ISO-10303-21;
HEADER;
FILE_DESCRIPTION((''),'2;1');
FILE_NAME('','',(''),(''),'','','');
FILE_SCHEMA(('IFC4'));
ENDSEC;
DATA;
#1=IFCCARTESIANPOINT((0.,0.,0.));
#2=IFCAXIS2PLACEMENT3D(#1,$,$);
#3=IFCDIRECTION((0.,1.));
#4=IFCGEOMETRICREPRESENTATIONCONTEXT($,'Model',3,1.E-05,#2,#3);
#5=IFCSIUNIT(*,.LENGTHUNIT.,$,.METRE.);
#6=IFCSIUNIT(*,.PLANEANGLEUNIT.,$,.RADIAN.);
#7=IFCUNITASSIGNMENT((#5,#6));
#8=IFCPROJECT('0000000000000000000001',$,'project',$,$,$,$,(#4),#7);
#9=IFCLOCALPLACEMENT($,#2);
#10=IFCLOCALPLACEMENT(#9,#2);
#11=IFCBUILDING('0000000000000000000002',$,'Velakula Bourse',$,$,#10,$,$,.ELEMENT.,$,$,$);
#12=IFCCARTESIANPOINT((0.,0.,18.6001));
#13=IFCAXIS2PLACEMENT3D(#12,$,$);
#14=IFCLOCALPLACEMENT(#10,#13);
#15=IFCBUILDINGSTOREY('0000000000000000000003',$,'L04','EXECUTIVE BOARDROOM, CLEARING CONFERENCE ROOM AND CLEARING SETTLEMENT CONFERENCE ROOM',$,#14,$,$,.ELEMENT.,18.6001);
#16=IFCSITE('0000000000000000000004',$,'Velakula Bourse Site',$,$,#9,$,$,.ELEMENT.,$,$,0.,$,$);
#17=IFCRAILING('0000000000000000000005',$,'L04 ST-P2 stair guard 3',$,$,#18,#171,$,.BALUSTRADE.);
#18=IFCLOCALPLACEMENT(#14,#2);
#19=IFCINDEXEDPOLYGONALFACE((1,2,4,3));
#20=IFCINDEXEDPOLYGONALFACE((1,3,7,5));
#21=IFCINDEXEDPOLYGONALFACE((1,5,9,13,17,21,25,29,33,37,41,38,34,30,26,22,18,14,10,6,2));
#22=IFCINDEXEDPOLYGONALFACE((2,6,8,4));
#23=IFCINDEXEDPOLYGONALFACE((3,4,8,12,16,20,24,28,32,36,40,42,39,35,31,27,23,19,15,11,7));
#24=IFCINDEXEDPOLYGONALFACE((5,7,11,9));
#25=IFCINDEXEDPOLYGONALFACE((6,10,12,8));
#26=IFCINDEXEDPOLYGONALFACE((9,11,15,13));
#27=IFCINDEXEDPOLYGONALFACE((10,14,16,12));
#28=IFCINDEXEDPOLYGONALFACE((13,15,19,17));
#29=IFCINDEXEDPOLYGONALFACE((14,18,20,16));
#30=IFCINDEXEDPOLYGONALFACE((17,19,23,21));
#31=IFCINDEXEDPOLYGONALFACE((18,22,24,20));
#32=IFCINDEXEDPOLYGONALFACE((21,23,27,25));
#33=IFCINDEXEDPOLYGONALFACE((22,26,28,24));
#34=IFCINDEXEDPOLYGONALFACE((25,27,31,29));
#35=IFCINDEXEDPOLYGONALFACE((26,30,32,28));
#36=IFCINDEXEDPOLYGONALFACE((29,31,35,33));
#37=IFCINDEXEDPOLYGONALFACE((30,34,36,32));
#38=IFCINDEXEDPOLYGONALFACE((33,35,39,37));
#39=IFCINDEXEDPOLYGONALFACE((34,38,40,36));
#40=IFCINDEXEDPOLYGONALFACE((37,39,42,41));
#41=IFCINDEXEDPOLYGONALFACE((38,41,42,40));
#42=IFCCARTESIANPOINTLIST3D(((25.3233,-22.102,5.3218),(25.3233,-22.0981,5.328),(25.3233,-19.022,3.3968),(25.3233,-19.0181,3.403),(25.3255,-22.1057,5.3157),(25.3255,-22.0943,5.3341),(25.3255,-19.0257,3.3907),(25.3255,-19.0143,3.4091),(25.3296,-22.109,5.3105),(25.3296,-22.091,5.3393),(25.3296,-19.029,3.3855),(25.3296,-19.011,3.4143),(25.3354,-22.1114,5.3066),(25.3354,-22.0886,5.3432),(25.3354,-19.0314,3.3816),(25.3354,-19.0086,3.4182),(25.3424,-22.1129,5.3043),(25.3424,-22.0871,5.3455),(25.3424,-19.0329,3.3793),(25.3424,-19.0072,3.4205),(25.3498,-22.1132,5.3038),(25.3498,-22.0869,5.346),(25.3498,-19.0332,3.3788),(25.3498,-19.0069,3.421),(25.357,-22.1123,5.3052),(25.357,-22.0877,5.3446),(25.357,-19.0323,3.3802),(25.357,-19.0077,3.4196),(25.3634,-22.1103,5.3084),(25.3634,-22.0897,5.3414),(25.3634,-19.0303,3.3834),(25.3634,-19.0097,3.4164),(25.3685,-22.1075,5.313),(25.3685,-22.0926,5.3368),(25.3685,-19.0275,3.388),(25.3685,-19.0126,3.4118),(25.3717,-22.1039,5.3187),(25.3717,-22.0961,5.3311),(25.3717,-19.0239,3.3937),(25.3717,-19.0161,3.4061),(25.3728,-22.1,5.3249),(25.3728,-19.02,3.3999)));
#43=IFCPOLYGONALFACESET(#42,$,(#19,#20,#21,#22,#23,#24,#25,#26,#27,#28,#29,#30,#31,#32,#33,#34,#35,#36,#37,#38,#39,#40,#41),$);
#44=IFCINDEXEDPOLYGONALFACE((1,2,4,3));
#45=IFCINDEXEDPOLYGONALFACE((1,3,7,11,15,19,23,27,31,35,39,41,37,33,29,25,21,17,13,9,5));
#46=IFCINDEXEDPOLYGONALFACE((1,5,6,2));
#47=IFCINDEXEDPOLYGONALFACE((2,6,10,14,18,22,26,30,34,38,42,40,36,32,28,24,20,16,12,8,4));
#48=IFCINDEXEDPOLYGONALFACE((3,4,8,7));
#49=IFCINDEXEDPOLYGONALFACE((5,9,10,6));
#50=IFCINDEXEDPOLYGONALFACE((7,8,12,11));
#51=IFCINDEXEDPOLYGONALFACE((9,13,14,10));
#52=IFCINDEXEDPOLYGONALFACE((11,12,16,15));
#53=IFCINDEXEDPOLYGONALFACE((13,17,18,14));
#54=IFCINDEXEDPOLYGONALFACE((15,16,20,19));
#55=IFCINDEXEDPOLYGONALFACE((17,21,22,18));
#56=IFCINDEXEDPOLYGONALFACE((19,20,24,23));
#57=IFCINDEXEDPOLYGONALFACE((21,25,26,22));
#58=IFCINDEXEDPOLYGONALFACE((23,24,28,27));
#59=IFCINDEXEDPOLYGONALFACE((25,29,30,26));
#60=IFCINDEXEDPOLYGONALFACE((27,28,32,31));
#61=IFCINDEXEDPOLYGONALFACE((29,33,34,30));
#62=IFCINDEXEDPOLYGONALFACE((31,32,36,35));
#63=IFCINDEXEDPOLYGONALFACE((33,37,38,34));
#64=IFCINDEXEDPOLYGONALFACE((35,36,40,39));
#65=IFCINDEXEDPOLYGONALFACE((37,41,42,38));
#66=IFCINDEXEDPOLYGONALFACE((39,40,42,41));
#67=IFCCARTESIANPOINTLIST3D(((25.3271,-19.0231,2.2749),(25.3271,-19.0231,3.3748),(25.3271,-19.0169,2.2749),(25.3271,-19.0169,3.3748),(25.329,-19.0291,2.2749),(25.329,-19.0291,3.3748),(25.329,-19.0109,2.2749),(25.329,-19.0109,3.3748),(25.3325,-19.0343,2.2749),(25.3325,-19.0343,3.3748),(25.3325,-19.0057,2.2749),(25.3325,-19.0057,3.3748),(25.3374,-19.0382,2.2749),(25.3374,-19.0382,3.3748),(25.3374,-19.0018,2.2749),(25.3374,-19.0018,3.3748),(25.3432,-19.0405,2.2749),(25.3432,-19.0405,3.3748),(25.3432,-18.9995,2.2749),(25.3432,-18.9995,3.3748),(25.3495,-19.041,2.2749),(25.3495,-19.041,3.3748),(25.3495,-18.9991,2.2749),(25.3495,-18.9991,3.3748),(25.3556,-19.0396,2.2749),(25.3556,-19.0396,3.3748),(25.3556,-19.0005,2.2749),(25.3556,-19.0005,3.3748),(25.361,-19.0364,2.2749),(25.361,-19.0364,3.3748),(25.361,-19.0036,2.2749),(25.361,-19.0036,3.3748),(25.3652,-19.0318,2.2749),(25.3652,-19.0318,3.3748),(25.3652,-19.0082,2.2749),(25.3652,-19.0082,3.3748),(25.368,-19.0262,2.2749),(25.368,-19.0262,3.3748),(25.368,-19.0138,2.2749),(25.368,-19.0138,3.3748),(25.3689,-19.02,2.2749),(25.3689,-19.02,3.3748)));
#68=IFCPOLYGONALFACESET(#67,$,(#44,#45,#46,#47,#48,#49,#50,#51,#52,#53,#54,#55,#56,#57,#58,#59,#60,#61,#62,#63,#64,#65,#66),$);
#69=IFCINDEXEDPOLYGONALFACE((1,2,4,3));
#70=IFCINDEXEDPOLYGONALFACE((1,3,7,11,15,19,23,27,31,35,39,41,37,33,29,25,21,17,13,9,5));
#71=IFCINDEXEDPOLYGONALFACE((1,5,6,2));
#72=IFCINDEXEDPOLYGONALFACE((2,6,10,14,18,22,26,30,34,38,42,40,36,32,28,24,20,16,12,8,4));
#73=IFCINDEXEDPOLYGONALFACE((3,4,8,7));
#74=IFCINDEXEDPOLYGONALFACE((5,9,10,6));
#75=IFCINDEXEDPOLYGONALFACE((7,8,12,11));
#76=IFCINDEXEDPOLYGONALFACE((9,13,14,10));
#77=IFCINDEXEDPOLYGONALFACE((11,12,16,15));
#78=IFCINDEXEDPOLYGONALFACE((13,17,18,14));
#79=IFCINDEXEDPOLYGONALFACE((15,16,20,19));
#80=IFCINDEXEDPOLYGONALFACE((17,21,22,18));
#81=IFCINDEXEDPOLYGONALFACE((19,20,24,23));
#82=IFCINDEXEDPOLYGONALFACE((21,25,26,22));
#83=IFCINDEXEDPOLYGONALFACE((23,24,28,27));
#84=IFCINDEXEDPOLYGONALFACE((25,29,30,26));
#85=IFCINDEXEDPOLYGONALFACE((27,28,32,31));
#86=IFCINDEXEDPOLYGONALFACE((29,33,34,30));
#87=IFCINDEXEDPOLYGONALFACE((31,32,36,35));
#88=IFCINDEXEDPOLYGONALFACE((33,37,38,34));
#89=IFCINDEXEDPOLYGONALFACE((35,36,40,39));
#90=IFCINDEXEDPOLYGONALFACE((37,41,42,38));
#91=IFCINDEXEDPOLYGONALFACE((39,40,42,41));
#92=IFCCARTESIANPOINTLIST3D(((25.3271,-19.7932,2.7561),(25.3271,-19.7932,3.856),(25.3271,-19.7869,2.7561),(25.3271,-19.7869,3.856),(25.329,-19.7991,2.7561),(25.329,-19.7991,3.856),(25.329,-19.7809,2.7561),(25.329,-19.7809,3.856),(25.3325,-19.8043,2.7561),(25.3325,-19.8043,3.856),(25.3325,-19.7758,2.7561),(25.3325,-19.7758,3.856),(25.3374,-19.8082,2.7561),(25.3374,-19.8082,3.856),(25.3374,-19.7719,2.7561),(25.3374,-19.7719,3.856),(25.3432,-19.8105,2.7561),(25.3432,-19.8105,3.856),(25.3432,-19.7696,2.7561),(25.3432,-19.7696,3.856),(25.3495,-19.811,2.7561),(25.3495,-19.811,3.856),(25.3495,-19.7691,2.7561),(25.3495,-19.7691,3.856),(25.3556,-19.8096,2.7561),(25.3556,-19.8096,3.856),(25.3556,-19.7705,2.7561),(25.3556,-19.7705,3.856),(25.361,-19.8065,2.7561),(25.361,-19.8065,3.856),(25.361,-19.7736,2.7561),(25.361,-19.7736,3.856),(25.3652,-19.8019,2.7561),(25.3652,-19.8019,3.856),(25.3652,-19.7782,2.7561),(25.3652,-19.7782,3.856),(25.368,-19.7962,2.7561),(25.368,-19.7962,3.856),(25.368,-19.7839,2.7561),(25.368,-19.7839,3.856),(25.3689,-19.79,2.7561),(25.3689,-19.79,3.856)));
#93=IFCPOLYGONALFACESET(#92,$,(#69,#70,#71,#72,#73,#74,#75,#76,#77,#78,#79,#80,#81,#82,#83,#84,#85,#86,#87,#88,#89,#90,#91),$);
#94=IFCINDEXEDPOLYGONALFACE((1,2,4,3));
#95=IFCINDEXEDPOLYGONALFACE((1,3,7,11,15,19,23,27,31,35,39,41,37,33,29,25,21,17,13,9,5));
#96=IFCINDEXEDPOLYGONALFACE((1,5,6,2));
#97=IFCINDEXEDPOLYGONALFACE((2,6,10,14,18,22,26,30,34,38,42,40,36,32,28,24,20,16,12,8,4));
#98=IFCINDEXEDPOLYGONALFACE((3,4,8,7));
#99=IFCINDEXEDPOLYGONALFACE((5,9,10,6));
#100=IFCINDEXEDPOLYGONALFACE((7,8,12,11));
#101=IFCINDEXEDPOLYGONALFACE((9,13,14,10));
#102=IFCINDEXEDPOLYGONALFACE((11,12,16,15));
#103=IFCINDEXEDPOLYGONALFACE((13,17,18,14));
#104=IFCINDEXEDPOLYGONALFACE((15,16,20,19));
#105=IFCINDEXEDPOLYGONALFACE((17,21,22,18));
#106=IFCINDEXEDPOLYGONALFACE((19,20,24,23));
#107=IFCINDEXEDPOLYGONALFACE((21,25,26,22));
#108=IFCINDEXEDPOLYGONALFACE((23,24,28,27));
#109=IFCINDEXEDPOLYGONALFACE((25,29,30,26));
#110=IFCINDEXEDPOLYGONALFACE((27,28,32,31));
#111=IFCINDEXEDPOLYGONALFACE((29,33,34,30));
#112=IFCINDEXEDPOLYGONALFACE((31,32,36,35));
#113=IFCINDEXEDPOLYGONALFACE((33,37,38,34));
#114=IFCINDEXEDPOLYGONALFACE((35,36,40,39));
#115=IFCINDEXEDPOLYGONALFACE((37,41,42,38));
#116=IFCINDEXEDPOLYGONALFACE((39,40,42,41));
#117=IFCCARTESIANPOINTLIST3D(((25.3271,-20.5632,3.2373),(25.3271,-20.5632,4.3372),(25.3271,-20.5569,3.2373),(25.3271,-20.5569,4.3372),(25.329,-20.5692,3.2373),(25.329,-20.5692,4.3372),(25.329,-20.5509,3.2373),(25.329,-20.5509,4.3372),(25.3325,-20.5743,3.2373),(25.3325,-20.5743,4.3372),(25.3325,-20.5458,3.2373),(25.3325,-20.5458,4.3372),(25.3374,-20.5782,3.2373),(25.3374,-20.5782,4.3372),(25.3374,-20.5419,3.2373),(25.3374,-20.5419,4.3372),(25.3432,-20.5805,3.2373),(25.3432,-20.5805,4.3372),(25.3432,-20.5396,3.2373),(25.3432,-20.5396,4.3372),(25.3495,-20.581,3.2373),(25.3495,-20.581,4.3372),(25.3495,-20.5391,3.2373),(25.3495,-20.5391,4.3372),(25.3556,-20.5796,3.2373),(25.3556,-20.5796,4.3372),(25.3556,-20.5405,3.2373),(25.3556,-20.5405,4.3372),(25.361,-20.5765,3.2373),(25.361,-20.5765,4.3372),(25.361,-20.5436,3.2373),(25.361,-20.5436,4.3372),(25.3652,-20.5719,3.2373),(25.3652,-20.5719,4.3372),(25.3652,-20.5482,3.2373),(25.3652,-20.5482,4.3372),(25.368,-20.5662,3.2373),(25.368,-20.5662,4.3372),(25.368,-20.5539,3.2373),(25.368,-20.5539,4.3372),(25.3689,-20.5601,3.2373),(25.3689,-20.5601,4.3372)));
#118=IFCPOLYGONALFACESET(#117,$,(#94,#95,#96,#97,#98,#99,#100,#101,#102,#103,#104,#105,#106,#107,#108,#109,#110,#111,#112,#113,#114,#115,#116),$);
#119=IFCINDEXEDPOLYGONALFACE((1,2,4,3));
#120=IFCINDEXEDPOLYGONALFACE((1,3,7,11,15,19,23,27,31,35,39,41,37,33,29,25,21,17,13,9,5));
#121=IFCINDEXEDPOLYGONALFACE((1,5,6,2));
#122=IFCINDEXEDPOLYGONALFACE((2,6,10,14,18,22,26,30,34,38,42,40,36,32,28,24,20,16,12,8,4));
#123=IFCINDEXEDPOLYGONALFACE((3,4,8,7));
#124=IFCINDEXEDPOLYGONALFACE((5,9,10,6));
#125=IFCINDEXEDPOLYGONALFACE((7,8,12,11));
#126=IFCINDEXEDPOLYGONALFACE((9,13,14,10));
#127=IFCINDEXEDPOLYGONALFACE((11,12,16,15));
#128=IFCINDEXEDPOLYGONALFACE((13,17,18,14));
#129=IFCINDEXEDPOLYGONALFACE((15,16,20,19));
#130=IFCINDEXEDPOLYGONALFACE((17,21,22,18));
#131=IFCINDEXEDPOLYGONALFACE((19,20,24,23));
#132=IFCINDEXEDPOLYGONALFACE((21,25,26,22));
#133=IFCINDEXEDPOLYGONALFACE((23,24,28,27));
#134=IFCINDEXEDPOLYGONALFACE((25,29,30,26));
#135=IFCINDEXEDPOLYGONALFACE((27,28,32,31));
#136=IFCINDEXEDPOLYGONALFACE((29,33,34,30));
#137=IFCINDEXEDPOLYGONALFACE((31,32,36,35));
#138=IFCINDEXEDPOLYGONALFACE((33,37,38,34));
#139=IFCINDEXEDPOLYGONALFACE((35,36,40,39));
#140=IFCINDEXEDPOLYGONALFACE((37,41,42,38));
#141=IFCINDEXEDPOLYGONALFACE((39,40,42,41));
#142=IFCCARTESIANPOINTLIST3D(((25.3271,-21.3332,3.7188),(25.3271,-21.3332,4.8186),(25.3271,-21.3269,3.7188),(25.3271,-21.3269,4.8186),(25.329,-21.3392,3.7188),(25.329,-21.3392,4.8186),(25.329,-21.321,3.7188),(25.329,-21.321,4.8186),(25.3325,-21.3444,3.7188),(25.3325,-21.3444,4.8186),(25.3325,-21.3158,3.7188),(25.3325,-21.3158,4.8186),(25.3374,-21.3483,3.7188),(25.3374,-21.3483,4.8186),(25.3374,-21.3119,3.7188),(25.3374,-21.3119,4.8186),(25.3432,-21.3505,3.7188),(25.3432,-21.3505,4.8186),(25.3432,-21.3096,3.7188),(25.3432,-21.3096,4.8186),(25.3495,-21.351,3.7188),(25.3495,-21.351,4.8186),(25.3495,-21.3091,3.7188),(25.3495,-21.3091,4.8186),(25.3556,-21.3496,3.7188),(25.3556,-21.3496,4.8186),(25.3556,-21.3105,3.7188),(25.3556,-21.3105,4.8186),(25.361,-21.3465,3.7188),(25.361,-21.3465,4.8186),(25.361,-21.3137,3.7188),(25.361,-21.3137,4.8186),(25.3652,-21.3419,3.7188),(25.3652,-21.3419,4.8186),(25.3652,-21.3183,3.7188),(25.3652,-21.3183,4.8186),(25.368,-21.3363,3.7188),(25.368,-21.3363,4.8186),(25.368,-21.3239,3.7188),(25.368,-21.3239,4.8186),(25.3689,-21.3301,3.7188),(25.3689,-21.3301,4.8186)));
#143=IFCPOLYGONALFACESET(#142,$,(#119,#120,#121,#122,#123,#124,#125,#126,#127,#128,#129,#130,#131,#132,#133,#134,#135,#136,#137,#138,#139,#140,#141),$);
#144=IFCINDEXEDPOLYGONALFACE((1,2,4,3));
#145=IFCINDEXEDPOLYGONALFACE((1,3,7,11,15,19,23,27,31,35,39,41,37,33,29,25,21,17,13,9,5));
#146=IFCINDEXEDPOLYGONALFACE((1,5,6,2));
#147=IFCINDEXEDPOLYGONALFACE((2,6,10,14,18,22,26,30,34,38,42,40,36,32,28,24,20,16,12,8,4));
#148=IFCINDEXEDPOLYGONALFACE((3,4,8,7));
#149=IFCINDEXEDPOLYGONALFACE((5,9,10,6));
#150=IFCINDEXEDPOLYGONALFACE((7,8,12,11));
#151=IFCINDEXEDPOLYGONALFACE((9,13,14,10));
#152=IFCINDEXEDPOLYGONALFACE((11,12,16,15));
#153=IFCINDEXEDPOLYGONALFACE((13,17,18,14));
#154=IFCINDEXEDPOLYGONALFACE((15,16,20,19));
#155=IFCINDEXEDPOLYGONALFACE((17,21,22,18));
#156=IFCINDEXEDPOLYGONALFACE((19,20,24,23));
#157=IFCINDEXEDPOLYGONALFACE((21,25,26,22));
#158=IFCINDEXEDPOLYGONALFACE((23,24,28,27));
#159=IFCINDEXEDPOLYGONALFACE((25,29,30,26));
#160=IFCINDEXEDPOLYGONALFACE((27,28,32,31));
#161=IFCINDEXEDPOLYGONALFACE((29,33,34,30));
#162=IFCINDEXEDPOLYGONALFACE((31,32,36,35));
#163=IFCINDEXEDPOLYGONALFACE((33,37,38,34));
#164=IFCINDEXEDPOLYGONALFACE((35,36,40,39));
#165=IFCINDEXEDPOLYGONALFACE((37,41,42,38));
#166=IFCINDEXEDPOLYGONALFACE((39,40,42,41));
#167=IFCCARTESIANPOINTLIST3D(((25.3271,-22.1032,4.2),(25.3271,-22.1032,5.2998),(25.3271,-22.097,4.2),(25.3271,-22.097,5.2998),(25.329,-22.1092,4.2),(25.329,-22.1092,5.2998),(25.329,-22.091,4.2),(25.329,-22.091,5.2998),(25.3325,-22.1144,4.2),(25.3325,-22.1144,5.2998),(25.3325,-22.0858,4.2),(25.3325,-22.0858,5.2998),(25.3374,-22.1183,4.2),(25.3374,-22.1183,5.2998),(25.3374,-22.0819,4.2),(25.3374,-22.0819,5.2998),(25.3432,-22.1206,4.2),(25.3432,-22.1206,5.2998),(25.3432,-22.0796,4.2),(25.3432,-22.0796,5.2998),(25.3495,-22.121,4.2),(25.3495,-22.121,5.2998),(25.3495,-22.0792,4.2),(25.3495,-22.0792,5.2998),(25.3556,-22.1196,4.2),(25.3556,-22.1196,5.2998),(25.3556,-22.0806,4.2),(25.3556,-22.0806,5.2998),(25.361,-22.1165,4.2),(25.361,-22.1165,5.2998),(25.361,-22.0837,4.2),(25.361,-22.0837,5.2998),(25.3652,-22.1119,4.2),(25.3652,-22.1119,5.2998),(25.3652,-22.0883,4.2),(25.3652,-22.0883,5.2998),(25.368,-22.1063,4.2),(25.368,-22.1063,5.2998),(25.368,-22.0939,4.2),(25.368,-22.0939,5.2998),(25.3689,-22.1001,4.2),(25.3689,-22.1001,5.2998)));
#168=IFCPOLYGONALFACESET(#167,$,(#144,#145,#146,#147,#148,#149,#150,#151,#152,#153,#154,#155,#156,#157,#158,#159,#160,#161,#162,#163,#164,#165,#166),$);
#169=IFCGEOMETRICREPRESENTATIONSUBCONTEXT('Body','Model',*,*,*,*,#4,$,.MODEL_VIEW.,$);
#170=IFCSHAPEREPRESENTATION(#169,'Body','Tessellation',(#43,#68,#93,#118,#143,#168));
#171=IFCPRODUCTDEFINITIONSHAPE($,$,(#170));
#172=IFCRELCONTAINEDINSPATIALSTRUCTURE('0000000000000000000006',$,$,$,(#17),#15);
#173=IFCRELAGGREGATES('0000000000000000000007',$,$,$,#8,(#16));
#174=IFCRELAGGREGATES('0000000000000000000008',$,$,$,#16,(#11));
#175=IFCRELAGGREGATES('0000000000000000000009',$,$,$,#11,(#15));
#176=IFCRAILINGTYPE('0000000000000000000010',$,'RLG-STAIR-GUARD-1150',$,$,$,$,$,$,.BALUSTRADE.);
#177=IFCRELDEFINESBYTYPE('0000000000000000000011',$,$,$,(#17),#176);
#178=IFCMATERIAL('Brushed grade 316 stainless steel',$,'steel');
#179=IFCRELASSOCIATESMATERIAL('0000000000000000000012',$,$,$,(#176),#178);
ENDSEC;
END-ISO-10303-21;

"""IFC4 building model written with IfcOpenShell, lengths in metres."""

from ifc_helpers import new_model, si_unit, direction, frame, origin, origin_2d, place, context, subcontext, project, spatial, circle, extrude, material, type_object, element, save


model = new_model("IFC4")

# Units and contexts
model_context = context("Model", 3, precision=1e-05, world=origin(), true_north=direction((0.0, 1.0)))
body_context = subcontext(model_context, "Body", "Model", "MODEL_VIEW")
ifc_project = project(units=[si_unit("LENGTHUNIT", "METRE"), si_unit("PLANEANGLEUNIT", "RADIAN")], contexts=[model_context])

# Site, building, storey
site_placement = place(None, origin())
site = spatial("IfcSite", under=ifc_project, at=site_placement, Name="Velakula Bourse Site", CompositionType="ELEMENT", RefElevation=0.0)
building_placement = place(site_placement, origin())
building = spatial("IfcBuilding", under=site, at=building_placement, Name="Velakula Bourse", CompositionType="ELEMENT")
storey_placement = place(building_placement, frame((0.0, 0.0, 18.6001)))
storey = spatial("IfcBuildingStorey", under=building, at=storey_placement, Name="L04", Description="EXECUTIVE BOARDROOM, CLEARING CONFERENCE ROOM AND CLEARING SETTLEMENT CONFERENCE ROOM", CompositionType="ELEMENT", Elevation=18.6001)

# Railing
ifc_material_1 = material(Name="Brushed grade 316 stainless steel", Category="steel")
railing_type_1 = type_object("IfcRailingType", Name="RLG-STAIR-GUARD-1150", PredefinedType="BALUSTRADE", material=ifc_material_1)
railing_1_placement = place(storey_placement, frame((25.3479, -19.02, 2.2749)))
element("IfcRailing", 1, at=railing_1_placement, inside=storey, type_object=railing_type_1, Name="L04 ST-P2 stair guard 3", PredefinedType="BALUSTRADE", context=body_context, shape_type="SweptSolid", body=[
    extrude(circle(Radius=0.0249, at=origin_2d()), frame((0.0, 0.0, 1.125), z_axis=(0.0, -0.847998, 0.529999), x_axis=(1.0, 0.0, 0.0)), (0.0, 0.0, 1.0), 3.6321),
    extrude(circle(Radius=0.021, at=origin_2d()), origin(), (0.0, 0.0, 1.0), 1.0999),
    extrude(circle(Radius=0.021, at=origin_2d()), frame((0.0, -0.77, 0.4812)), (0.0, 0.0, 1.0), 1.0999),
    extrude(circle(Radius=0.021, at=origin_2d()), frame((0.0, -1.54, 0.9624)), (0.0, 0.0, 1.0), 1.0999),
    extrude(circle(Radius=0.021, at=origin_2d()), frame((0.0, -2.3101, 1.4438)), (0.0, 0.0, 1.0), 1.0999),
    extrude(circle(Radius=0.021, at=origin_2d()), frame((0.0, -3.0801, 1.925)), (0.0, 0.0, 1.0), 1.0999),
])

save(model, "model.ifc")
